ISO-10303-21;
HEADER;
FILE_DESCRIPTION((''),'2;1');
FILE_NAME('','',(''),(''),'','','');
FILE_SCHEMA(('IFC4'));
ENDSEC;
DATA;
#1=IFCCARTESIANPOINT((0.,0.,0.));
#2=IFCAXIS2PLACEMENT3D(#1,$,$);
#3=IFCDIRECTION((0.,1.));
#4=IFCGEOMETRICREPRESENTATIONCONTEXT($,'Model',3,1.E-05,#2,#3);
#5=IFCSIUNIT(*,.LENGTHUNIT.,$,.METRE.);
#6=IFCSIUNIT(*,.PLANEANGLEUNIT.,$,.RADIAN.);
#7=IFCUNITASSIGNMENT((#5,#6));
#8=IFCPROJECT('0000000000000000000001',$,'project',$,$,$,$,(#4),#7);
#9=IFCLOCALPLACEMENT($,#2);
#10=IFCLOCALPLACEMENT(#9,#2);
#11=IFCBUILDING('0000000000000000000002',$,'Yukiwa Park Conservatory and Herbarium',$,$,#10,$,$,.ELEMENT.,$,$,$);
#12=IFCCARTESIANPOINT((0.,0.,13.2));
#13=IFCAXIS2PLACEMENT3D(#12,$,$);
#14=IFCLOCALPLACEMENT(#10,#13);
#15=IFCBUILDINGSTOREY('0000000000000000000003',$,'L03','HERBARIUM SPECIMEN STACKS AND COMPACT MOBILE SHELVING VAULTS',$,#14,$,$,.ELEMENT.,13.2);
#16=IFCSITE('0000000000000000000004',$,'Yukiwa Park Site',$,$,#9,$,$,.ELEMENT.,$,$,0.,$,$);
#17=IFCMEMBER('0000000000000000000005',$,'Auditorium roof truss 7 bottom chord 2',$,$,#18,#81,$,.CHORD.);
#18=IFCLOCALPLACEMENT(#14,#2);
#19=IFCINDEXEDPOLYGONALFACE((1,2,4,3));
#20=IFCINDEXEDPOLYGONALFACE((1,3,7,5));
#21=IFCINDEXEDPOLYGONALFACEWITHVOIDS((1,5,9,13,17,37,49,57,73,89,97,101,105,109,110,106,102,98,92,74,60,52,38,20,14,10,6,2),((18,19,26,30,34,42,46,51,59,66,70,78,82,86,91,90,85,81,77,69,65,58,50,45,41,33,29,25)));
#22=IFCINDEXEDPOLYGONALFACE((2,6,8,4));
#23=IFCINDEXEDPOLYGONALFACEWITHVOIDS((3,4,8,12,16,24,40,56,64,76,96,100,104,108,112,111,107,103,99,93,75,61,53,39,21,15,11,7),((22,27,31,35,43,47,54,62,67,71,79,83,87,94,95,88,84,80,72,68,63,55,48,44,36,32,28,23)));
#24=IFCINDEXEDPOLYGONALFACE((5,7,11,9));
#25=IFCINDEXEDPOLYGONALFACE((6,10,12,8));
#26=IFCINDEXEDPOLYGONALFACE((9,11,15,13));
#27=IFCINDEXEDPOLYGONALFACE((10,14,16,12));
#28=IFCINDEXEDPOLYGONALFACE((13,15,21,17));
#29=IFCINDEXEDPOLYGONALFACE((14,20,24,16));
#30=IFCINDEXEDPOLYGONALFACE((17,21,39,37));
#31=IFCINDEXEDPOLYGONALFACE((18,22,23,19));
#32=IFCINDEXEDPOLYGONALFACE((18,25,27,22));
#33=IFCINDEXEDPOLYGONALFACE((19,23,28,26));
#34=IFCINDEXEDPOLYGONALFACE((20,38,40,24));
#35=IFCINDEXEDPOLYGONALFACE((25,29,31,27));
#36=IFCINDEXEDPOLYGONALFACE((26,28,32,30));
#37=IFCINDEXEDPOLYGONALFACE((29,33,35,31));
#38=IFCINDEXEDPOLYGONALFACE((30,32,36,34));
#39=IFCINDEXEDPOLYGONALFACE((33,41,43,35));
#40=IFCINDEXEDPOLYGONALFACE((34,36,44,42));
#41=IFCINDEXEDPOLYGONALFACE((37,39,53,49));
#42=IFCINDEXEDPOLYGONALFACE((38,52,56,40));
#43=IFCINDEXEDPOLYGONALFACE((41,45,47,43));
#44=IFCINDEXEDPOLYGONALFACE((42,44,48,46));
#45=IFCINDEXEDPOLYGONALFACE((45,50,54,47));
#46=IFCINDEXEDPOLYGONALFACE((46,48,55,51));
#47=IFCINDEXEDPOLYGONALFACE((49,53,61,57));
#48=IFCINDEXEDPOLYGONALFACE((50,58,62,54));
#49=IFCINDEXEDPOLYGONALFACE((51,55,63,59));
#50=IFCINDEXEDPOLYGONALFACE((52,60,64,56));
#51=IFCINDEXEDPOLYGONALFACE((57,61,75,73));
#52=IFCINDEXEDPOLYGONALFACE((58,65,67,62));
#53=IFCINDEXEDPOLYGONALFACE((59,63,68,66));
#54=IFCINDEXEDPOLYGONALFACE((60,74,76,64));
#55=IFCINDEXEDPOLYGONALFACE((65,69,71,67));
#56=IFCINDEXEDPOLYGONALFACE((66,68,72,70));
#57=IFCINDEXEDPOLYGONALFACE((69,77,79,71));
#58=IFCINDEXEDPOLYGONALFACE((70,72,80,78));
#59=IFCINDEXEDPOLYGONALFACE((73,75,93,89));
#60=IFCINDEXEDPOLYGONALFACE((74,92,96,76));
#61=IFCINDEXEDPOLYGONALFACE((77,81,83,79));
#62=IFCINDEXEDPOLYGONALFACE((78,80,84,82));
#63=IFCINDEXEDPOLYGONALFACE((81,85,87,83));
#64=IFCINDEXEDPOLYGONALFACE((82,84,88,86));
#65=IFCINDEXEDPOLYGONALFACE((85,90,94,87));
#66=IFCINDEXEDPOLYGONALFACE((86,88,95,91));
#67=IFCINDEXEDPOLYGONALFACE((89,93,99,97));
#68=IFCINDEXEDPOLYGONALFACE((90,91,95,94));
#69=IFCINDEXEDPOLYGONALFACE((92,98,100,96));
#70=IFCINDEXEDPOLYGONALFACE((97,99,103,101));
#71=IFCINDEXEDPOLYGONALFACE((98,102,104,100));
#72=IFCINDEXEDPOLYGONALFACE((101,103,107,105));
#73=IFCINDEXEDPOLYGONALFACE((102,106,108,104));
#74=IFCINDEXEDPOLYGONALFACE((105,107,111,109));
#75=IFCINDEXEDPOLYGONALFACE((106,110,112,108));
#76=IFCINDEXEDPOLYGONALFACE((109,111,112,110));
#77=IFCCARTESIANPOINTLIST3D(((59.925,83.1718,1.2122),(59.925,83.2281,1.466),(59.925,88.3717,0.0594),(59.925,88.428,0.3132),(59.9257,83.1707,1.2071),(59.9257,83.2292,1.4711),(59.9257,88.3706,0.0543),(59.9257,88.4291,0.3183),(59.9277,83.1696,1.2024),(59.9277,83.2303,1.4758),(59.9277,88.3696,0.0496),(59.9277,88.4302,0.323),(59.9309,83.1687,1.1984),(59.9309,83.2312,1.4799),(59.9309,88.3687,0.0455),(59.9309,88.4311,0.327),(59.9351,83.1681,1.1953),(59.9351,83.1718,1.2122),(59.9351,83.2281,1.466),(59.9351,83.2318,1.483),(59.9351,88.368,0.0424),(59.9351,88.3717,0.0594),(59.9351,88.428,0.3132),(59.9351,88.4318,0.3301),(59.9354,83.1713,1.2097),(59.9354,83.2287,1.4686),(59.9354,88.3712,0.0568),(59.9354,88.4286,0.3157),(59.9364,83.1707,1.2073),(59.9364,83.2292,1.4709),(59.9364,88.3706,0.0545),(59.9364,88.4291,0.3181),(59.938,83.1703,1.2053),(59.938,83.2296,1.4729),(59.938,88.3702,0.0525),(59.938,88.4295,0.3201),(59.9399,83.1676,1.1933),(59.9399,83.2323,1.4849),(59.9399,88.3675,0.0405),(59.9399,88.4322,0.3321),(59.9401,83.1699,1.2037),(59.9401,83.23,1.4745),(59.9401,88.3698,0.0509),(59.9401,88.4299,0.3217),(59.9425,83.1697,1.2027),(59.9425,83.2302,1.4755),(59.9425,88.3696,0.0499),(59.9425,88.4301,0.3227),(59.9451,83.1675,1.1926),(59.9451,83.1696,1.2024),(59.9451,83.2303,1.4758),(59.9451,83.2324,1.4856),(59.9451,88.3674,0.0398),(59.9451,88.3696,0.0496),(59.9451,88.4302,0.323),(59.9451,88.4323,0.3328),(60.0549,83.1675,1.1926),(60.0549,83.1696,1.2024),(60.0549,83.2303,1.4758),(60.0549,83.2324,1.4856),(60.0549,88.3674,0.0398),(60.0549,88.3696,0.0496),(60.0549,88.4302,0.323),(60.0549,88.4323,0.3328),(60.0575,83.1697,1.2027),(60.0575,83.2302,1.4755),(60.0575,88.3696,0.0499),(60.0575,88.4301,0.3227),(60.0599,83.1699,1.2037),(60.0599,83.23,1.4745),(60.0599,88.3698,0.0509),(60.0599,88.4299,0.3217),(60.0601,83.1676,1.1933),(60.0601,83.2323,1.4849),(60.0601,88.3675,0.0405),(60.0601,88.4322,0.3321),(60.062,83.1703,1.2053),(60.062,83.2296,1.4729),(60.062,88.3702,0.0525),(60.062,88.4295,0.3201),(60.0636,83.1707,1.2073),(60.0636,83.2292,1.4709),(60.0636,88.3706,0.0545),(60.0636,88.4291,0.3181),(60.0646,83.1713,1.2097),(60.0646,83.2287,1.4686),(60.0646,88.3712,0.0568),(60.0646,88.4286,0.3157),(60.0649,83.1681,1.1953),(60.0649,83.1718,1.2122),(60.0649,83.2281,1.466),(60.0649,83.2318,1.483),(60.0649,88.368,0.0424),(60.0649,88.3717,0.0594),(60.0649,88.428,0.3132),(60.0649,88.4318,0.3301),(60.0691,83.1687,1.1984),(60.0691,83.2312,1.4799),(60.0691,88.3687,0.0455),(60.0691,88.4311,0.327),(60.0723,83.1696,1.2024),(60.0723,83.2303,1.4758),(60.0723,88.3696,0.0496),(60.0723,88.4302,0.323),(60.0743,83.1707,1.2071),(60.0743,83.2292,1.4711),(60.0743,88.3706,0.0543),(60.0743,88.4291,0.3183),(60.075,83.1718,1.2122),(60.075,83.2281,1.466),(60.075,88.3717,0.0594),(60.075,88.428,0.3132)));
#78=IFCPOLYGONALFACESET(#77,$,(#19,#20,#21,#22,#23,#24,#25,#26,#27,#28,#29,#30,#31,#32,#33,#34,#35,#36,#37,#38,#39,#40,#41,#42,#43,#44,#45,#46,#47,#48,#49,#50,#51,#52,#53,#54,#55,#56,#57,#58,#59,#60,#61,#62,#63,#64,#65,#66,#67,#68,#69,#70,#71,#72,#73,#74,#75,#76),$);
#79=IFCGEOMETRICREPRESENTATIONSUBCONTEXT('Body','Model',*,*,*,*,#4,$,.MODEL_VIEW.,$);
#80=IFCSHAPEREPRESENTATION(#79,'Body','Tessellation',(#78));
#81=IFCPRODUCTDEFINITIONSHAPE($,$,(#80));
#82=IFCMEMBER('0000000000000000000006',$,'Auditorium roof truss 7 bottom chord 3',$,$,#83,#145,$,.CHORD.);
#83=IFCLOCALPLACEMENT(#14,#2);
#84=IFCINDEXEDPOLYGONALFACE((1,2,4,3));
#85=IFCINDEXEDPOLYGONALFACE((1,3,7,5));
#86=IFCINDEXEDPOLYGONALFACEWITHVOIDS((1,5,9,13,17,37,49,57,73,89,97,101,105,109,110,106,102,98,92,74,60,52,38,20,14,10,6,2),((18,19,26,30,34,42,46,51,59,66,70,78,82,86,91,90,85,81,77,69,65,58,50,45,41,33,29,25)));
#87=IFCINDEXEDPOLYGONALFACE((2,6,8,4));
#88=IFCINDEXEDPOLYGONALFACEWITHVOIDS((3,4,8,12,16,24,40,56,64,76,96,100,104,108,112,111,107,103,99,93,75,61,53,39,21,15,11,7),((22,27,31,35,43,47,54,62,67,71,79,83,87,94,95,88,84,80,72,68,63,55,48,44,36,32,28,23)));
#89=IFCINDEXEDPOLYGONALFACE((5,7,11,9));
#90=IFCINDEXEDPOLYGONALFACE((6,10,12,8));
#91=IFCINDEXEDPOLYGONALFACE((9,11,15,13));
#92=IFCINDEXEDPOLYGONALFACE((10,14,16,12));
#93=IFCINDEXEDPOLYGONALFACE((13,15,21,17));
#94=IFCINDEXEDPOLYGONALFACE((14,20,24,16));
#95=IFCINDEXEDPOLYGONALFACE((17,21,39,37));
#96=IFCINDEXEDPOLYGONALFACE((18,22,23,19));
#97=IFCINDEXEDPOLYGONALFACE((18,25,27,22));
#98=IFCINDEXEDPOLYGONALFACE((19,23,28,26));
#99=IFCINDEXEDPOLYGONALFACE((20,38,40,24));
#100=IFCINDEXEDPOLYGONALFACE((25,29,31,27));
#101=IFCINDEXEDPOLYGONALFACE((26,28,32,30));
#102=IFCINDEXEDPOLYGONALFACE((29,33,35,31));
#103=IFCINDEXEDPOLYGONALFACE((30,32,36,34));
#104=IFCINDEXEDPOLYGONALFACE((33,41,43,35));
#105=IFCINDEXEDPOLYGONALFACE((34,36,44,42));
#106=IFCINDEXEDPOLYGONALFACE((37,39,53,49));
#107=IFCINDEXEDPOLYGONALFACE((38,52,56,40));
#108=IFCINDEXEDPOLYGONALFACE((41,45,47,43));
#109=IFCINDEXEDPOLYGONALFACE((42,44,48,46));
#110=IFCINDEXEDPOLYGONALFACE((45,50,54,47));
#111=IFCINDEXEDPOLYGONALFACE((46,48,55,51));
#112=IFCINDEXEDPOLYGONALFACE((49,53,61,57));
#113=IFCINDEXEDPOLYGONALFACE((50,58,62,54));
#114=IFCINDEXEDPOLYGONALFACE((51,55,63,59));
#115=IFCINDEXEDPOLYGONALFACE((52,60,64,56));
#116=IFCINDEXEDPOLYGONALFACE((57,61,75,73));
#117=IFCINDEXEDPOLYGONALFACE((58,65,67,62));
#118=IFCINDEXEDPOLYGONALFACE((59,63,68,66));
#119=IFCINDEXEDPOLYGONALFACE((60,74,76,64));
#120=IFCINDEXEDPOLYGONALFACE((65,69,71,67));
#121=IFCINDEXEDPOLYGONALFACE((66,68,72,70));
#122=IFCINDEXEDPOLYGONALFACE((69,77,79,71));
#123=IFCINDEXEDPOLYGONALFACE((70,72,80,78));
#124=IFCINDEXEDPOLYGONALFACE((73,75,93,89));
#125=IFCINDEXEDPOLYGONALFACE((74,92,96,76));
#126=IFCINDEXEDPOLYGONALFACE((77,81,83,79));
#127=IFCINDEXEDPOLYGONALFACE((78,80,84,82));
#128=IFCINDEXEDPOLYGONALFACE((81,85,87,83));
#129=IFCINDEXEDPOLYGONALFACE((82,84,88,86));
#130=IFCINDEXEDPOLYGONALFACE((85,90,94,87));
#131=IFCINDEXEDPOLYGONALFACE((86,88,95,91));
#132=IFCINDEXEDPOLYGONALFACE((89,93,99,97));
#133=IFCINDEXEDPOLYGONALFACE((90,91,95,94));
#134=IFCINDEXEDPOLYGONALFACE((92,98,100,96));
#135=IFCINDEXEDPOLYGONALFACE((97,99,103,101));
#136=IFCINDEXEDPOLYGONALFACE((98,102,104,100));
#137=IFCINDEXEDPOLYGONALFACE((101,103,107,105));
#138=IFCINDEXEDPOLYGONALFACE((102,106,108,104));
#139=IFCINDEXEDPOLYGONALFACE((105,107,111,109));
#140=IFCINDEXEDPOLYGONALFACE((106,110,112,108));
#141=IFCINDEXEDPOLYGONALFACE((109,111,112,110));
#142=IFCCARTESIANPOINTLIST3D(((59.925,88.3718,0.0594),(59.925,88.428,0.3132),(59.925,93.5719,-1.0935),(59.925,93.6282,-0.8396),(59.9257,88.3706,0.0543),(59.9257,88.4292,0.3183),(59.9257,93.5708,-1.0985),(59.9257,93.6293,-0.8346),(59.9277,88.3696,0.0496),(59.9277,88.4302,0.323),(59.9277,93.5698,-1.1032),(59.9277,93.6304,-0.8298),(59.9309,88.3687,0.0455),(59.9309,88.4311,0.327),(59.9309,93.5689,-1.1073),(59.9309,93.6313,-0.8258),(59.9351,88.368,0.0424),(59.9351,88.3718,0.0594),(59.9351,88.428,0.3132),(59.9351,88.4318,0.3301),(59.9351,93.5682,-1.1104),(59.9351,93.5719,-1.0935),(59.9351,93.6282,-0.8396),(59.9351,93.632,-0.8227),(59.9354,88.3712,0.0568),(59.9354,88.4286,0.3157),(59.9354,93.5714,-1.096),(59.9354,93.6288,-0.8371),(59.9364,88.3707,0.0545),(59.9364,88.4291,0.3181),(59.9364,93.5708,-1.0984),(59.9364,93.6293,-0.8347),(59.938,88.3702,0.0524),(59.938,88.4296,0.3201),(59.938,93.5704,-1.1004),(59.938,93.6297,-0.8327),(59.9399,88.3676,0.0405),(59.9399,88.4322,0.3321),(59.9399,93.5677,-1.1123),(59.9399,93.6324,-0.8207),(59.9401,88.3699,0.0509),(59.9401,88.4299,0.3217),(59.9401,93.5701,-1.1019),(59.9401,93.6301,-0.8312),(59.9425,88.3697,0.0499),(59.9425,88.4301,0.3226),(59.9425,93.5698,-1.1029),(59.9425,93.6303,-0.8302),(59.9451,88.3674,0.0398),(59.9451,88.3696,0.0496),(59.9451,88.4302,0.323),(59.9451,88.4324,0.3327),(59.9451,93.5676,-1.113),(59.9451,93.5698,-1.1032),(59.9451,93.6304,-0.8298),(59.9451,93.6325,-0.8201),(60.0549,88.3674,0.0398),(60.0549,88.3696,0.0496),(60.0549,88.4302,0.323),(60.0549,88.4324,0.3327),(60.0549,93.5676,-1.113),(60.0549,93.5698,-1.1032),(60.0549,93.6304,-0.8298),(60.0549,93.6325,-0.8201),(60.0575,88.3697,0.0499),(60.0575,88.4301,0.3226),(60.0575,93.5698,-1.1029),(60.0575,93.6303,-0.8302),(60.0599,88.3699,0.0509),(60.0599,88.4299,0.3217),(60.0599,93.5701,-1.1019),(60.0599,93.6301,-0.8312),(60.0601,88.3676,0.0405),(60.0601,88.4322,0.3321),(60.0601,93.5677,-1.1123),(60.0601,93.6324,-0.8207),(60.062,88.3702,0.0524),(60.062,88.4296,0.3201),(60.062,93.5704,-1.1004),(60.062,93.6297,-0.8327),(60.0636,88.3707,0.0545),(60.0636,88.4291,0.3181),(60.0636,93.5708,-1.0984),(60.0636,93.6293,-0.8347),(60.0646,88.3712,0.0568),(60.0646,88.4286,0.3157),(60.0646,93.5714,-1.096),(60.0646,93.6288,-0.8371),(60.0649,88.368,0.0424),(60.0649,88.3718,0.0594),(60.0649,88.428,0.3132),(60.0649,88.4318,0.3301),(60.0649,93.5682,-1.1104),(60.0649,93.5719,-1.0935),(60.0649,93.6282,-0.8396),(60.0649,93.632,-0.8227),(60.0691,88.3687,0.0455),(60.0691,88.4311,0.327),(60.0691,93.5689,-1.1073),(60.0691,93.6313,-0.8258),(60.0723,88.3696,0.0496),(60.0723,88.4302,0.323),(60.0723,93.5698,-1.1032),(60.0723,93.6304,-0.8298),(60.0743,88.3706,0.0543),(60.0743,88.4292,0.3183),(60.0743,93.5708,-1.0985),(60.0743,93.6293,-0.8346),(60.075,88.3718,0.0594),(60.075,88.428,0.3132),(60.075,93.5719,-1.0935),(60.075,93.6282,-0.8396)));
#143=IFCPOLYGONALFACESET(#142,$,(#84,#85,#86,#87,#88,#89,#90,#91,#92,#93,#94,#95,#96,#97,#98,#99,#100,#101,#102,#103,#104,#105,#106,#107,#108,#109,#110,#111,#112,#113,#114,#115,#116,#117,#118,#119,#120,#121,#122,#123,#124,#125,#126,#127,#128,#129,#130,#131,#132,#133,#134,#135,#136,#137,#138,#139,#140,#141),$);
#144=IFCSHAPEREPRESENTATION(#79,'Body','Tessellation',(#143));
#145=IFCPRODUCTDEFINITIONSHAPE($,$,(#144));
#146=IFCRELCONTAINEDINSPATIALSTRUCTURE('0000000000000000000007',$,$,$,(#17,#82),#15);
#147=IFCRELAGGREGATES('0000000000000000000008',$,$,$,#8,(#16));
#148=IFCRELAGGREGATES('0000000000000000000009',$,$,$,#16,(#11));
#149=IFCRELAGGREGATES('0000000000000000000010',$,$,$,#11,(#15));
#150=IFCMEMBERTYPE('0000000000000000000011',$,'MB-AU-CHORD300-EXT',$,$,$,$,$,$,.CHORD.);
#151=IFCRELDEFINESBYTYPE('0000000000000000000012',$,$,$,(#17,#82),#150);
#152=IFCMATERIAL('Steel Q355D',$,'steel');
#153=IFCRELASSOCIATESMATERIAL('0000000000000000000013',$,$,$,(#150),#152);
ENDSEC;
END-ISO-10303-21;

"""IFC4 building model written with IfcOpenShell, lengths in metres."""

from ifc_helpers import new_model, si_unit, direction, frame, origin, origin_2d, place, context, subcontext, project, spatial, hollow_rectangle, extrude, material, material_profile, profile_set, type_object, element, save


model = new_model("IFC4")

# Units and contexts
model_context = context("Model", 3, precision=1e-05, world=origin(), true_north=direction((0.0, 1.0)))
body_context = subcontext(model_context, "Body", "Model", "MODEL_VIEW")
ifc_project = project(units=[si_unit("LENGTHUNIT", "METRE"), si_unit("PLANEANGLEUNIT", "RADIAN")], contexts=[model_context])

# Site, building, storey
site_placement = place(None, origin())
site = spatial("IfcSite", under=ifc_project, at=site_placement, Name="Yukiwa Park Site", CompositionType="ELEMENT", RefElevation=0.0)
building_placement = place(site_placement, origin())
building = spatial("IfcBuilding", under=site, at=building_placement, Name="Yukiwa Park Conservatory and Herbarium", CompositionType="ELEMENT")
storey_placement = place(building_placement, frame((0.0, 0.0, 13.2)))
storey = spatial("IfcBuildingStorey", under=building, at=storey_placement, Name="L03", Description="HERBARIUM SPECIMEN STACKS AND COMPACT MOBILE SHELVING VAULTS", CompositionType="ELEMENT", Elevation=13.2)

# Members
ifc_material_1 = material(Name="Steel Q355D", Category="steel")
ifc_material_profile_1 = material_profile(ifc_material_1, hollow_rectangle(XDim=0.1499, YDim=0.3, WallThickness=0.01, InnerFilletRadius=0.01, OuterFilletRadius=0.02, at=origin_2d()), Name="RHS 300x150x10")
ifc_profile_set_1 = profile_set([ifc_material_profile_1], Name="Steel Q355D")
member_type_1 = type_object("IfcMemberType", Name="MB-AU-CHORD300-EXT", PredefinedType="CHORD", material=ifc_profile_set_1)
member_1_placement = place(storey_placement, frame((60.0, 83.2, 1.3391), z_axis=(0.0, 0.976295, -0.216445), x_axis=(-1.0, 0.0, 0.0)))
element("IfcMember", 1, at=member_1_placement, inside=storey, type_object=member_type_1, Name="Auditorium roof truss 7 bottom chord 2", PredefinedType="CHORD", context=body_context, shape_type="SweptSolid", body=[
    extrude(hollow_rectangle(XDim=0.1499, YDim=0.3, WallThickness=0.01, InnerFilletRadius=0.01, OuterFilletRadius=0.02, at=origin_2d()), origin(), (0.0, 0.0, 1.0), 5.3262),
])
member_2_placement = place(storey_placement, frame((60.0, 88.3999, 0.1863), z_axis=(0.0, 0.976297, -0.216435), x_axis=(-1.0, 0.0, 0.0)))
element("IfcMember", 2, at=member_2_placement, inside=storey, type_object=member_type_1, Name="Auditorium roof truss 7 bottom chord 3", PredefinedType="CHORD", context=body_context, shape_type="SweptSolid", body=[
    extrude(hollow_rectangle(XDim=0.1499, YDim=0.3, WallThickness=0.01, InnerFilletRadius=0.01, OuterFilletRadius=0.02, at=origin_2d()), origin(), (0.0, 0.0, 1.0), 5.3264),
])

save(model, "model.ifc")
